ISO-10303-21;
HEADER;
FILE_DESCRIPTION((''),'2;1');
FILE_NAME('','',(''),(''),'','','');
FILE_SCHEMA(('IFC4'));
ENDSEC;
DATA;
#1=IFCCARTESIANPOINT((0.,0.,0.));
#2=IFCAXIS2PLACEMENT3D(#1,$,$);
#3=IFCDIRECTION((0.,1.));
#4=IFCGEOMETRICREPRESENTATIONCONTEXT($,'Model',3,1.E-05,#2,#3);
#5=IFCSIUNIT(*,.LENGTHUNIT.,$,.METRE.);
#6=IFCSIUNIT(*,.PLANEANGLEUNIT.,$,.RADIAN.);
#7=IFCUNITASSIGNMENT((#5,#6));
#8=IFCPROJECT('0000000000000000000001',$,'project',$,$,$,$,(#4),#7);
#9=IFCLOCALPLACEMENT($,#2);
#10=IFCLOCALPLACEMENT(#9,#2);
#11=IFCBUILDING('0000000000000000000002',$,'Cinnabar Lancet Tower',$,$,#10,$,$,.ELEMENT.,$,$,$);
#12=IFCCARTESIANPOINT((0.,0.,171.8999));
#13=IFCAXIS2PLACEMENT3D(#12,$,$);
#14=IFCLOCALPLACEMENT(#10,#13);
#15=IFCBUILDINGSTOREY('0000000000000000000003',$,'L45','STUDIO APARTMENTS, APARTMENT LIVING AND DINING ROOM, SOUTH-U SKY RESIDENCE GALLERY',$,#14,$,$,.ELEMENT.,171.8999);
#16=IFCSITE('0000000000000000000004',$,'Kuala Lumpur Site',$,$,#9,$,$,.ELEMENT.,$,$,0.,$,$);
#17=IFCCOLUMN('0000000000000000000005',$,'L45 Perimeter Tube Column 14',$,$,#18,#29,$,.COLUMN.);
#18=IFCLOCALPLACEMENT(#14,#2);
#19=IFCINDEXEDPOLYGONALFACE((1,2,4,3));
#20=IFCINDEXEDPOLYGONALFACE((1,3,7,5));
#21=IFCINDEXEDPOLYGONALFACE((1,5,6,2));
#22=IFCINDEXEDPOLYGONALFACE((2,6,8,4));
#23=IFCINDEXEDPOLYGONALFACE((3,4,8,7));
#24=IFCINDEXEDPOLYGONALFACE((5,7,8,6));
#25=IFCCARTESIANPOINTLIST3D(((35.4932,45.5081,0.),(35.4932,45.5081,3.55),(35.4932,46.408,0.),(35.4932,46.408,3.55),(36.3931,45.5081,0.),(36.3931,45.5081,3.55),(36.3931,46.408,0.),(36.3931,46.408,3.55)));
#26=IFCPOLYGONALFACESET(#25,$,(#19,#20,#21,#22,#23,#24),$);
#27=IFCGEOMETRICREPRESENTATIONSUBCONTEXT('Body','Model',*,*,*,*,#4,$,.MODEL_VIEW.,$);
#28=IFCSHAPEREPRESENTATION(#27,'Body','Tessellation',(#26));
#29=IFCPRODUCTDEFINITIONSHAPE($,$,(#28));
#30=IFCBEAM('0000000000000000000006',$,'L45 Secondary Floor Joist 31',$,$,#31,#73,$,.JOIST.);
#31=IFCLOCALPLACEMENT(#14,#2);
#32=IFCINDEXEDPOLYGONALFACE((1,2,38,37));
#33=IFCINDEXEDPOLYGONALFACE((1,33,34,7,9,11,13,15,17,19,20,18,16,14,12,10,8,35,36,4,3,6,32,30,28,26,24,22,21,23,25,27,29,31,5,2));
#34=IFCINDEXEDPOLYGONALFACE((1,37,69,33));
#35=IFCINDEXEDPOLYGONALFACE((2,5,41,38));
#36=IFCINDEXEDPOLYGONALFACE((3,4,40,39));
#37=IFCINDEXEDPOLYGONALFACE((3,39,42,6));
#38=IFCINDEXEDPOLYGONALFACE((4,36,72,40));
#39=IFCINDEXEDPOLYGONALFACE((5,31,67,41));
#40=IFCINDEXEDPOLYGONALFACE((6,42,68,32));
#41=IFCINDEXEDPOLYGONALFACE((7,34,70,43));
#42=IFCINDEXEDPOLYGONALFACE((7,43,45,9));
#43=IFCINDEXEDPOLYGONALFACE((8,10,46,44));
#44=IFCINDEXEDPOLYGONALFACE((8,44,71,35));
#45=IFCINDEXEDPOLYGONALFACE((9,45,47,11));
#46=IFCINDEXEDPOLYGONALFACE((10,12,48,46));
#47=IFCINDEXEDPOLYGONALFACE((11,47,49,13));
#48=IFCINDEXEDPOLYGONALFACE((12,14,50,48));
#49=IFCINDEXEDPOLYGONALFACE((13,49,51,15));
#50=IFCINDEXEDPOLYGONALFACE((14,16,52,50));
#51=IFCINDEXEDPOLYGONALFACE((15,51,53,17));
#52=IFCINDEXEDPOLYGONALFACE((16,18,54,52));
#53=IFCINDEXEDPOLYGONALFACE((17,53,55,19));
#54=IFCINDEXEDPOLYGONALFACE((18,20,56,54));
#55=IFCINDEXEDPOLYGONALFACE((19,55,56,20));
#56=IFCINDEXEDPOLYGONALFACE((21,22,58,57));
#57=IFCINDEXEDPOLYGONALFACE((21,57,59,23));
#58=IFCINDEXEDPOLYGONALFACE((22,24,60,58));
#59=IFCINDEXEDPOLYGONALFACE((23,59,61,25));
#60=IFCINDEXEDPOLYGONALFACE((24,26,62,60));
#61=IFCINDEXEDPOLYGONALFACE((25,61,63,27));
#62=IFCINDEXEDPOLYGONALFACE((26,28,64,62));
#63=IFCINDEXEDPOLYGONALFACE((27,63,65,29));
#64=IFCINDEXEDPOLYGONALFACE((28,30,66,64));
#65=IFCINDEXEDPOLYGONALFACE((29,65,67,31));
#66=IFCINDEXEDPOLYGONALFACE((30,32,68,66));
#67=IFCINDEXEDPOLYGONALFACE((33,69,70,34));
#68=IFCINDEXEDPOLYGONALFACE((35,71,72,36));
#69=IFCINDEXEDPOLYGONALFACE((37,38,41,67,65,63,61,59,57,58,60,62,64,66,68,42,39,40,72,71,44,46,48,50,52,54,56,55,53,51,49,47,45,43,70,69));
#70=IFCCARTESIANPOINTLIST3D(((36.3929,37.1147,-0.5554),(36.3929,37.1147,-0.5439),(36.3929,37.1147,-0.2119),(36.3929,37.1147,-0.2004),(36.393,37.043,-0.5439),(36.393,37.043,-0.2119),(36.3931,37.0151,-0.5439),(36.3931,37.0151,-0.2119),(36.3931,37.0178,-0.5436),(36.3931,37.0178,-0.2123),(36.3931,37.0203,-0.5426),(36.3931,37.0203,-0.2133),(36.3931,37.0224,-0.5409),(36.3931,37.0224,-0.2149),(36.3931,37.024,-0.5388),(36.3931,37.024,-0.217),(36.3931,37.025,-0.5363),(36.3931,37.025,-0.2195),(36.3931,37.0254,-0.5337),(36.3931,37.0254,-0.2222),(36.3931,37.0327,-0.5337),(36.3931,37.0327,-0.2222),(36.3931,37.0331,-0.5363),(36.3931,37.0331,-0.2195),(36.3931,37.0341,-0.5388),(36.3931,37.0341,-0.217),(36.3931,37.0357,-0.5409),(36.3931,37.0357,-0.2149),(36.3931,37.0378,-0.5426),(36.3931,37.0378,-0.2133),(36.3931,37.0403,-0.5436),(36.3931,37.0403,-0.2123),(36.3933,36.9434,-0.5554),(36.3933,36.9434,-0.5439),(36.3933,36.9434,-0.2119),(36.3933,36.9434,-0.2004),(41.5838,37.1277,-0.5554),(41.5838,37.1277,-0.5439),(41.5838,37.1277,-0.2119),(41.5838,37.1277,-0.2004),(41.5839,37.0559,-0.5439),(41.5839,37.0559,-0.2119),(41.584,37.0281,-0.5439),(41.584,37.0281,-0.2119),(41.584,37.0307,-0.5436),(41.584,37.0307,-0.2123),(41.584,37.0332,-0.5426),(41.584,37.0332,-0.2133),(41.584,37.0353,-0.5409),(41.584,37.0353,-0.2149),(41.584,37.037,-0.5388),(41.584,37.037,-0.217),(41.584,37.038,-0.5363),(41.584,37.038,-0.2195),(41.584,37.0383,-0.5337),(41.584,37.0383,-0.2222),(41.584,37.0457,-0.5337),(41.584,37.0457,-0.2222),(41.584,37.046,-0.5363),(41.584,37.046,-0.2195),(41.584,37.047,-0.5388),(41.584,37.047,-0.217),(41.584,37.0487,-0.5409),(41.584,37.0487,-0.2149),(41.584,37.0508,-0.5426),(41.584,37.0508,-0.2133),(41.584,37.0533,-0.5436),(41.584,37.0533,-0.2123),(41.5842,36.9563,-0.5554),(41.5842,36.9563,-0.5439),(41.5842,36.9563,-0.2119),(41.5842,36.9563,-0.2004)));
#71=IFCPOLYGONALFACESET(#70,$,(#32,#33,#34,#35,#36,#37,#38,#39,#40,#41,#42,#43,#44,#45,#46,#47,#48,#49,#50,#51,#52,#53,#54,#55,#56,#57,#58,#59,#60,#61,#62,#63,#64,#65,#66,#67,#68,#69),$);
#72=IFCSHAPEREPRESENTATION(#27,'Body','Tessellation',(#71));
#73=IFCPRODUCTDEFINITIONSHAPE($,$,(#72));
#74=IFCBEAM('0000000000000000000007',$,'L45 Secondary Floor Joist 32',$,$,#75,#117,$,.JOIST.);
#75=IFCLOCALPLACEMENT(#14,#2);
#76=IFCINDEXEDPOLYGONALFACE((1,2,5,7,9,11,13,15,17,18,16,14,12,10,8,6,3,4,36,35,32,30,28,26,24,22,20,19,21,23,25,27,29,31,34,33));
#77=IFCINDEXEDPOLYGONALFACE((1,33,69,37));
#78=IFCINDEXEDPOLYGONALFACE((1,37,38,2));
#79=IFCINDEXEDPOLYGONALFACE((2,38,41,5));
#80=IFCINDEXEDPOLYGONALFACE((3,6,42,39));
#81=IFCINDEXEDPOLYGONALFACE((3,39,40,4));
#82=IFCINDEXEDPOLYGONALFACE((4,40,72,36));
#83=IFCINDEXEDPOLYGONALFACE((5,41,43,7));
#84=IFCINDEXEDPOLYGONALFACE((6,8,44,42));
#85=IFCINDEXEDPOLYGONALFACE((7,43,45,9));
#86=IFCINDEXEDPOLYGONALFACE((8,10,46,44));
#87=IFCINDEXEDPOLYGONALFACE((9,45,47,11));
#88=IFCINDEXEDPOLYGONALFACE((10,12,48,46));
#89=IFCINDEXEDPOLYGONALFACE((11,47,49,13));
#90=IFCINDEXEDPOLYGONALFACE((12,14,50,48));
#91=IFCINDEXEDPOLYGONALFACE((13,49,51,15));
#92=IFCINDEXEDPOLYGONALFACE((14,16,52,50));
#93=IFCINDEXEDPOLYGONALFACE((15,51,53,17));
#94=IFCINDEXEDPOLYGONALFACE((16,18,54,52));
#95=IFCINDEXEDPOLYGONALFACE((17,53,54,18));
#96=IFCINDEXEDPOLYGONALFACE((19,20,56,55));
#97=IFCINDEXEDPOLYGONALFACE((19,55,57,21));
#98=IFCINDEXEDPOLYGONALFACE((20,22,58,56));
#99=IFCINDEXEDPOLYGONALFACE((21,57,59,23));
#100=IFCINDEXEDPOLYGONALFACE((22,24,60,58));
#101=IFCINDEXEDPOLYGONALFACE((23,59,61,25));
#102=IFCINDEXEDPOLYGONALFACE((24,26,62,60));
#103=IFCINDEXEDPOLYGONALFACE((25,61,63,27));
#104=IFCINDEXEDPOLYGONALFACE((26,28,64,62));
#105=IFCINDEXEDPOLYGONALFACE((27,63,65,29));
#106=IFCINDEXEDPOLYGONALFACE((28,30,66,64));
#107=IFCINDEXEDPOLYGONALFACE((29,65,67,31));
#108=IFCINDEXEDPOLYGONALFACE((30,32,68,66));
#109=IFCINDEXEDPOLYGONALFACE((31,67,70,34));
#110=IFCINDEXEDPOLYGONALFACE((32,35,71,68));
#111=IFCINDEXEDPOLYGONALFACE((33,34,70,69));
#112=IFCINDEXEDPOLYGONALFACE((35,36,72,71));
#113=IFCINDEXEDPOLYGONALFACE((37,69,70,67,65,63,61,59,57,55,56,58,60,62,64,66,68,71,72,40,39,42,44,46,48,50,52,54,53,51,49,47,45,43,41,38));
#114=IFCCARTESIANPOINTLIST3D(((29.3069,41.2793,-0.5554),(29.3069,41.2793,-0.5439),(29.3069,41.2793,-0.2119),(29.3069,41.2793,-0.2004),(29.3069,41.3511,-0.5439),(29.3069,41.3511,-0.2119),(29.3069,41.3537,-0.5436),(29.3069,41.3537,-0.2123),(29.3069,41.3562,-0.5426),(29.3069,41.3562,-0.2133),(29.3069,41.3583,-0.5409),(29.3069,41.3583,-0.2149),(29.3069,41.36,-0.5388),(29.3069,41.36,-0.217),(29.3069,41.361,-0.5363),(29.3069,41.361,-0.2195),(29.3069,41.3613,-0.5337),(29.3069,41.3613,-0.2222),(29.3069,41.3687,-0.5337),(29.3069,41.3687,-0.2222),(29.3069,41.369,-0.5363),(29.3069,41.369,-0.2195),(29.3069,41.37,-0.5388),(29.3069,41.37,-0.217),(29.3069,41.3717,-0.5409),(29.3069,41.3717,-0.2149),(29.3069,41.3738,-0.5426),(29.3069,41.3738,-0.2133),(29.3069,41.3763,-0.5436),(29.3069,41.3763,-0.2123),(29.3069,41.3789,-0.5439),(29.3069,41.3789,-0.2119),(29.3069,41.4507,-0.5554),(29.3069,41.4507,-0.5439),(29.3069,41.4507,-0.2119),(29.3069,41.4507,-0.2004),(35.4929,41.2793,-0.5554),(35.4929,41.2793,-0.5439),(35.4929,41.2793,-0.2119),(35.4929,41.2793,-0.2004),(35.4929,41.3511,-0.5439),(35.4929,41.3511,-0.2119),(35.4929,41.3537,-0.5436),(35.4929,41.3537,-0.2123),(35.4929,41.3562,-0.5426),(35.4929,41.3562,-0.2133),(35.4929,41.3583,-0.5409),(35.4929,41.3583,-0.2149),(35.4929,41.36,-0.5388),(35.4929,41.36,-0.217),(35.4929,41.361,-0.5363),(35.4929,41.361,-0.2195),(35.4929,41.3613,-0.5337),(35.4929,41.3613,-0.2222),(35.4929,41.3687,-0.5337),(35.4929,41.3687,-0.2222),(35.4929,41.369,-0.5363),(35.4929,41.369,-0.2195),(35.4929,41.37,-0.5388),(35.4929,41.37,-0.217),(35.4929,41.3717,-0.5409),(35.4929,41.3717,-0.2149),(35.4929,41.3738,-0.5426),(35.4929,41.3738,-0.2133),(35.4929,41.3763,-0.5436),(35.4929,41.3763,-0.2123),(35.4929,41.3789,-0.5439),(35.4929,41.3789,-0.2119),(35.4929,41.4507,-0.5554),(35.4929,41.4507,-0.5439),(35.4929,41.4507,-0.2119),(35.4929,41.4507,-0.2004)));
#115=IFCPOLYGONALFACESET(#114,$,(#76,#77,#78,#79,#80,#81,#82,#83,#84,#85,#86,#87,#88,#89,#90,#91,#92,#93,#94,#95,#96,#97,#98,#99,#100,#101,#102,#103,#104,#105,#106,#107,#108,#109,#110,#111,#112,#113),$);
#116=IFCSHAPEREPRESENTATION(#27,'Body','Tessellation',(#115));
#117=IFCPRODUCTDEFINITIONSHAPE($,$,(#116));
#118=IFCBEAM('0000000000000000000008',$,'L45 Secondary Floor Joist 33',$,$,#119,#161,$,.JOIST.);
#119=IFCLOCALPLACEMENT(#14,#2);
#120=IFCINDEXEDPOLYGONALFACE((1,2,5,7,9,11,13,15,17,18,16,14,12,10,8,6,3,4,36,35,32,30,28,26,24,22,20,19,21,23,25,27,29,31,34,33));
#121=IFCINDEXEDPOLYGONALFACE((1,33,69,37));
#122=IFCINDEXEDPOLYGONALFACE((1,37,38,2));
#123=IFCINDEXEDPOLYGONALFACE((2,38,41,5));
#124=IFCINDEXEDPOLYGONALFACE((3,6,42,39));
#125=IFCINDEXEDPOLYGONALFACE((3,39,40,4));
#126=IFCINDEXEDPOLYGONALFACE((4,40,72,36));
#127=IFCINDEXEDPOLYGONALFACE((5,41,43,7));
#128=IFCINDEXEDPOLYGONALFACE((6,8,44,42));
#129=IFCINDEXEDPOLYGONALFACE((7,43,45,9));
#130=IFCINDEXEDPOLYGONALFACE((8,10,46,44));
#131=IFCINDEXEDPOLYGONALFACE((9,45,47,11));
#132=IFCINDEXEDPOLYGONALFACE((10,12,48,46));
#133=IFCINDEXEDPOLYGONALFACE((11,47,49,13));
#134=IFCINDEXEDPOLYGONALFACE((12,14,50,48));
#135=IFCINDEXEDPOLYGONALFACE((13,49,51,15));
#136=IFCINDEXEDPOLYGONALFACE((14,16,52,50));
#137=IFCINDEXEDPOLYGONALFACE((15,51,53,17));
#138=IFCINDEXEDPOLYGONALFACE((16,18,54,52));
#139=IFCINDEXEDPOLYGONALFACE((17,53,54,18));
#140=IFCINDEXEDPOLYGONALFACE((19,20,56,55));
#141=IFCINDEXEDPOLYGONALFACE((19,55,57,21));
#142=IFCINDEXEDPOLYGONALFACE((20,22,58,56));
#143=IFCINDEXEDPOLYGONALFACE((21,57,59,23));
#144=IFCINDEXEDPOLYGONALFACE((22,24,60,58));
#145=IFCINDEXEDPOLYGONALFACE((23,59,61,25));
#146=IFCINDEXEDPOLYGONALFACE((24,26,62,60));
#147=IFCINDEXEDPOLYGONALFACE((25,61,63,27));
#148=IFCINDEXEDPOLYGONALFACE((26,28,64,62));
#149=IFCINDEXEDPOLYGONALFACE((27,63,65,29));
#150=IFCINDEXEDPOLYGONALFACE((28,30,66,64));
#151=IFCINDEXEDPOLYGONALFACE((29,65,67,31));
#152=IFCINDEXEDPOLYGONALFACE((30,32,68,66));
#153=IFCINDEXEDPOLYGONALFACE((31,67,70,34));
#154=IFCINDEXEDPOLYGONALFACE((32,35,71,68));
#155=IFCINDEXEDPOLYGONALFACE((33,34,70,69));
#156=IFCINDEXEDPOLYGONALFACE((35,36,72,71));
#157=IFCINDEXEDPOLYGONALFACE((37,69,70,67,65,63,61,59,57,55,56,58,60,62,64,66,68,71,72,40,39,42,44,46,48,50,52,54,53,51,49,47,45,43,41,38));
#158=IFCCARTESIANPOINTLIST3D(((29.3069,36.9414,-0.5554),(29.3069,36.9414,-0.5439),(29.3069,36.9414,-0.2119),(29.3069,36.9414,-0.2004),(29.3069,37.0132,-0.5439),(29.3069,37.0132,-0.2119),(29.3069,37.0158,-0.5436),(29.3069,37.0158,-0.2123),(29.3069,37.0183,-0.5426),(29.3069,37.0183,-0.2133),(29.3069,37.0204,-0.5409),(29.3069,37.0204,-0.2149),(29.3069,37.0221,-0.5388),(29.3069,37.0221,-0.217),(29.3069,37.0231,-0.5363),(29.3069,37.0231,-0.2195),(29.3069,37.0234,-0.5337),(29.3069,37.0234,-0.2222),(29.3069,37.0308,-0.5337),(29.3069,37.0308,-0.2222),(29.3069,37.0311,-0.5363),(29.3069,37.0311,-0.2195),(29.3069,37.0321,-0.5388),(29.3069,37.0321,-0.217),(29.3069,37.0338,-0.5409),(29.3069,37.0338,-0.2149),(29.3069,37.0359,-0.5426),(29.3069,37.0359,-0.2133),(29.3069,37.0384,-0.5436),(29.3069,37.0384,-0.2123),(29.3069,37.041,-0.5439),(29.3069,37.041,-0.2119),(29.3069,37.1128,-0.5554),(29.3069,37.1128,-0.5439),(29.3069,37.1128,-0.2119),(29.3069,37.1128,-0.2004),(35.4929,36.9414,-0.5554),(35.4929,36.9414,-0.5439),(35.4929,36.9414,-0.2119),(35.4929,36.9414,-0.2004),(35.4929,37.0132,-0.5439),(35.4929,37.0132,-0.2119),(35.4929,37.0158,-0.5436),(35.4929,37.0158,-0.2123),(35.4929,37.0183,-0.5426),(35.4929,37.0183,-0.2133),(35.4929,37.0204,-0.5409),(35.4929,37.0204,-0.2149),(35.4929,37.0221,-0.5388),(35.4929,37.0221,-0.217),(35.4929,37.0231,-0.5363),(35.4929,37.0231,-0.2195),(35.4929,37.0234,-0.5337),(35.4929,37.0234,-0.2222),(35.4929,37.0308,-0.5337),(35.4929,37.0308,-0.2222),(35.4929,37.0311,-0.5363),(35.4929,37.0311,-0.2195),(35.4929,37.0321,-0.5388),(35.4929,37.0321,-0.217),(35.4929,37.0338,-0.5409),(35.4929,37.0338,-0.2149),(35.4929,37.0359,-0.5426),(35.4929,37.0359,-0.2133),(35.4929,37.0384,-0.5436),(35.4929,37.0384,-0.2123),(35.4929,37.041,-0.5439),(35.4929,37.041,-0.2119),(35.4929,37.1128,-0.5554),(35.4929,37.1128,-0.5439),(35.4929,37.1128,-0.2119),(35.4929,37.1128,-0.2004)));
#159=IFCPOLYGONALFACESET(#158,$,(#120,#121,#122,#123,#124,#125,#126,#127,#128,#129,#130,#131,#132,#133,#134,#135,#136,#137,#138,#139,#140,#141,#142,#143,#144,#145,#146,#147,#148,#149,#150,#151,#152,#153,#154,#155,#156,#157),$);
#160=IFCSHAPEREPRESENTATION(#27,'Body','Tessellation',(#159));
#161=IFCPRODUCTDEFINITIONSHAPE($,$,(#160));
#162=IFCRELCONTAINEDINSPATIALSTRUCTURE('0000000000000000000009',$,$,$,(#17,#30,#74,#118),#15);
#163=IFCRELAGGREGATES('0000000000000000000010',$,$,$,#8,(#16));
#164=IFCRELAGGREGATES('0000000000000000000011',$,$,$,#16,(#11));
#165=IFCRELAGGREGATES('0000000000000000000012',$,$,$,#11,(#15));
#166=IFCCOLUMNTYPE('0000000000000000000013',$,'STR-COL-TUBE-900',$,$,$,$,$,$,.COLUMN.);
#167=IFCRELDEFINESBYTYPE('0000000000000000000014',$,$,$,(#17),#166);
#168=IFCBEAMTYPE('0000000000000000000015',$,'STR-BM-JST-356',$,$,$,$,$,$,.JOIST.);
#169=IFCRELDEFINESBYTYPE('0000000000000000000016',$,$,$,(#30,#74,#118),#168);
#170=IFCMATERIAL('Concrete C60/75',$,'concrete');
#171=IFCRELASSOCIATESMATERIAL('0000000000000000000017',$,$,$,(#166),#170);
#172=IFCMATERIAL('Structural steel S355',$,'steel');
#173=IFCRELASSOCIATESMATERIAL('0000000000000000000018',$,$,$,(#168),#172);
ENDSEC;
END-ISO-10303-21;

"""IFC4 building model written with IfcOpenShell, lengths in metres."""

from ifc_helpers import new_model, si_unit, direction, frame, origin, origin_2d, place, context, subcontext, project, spatial, rectangle, i_section, extrude, material, material_profile, profile_set, type_object, element, save


model = new_model("IFC4")

# Units and contexts
model_context = context("Model", 3, precision=1e-05, world=origin(), true_north=direction((0.0, 1.0)))
body_context = subcontext(model_context, "Body", "Model", "MODEL_VIEW")
ifc_project = project(units=[si_unit("LENGTHUNIT", "METRE"), si_unit("PLANEANGLEUNIT", "RADIAN")], contexts=[model_context])

# Site, building, storey
site_placement = place(None, origin())
site = spatial("IfcSite", under=ifc_project, at=site_placement, Name="Kuala Lumpur Site", CompositionType="ELEMENT", RefElevation=0.0)
building_placement = place(site_placement, origin())
building = spatial("IfcBuilding", under=site, at=building_placement, Name="Cinnabar Lancet Tower", CompositionType="ELEMENT")
storey_placement = place(building_placement, frame((0.0, 0.0, 171.8999)))
storey = spatial("IfcBuildingStorey", under=building, at=storey_placement, Name="L45", Description="STUDIO APARTMENTS, APARTMENT LIVING AND DINING ROOM, SOUTH-U SKY RESIDENCE GALLERY", CompositionType="ELEMENT", Elevation=171.8999)

# Column
ifc_material_1 = material(Name="Concrete C60/75", Category="concrete")
ifc_material_profile_1 = material_profile(ifc_material_1, rectangle(XDim=0.8999, YDim=0.8999, at=origin_2d()), Name="RC-COL 900x900")
ifc_profile_set_1 = profile_set([ifc_material_profile_1], Name="Concrete C60/75")
column_type = type_object("IfcColumnType", Name="STR-COL-TUBE-900", PredefinedType="COLUMN", material=ifc_profile_set_1)
column_placement = place(storey_placement, frame((35.9431, 45.958, 0.0), z_axis=(0.0, 0.0, 1.0), x_axis=(1.0, 0.0, 0.0)))
element("IfcColumn", 1, at=column_placement, inside=storey, type_object=column_type, Name="L45 Perimeter Tube Column 14", PredefinedType="COLUMN", context=body_context, shape_type="SweptSolid", body=[
    extrude(rectangle(XDim=0.8999, YDim=0.8999, at=origin_2d()), origin(), (0.0, 0.0, 1.0), 3.55),
])

# Beams
ifc_material_2 = material(Name="Structural steel S355", Category="steel")
ifc_material_profile_2 = material_profile(ifc_material_2, i_section(OverallWidth=0.1714, OverallDepth=0.355, WebThickness=0.0073, FlangeThickness=0.0115, FilletRadius=0.0103, at=origin_2d()), Name="UKB 356x171x51")
ifc_profile_set_2 = profile_set([ifc_material_profile_2], Name="Structural steel S355")
beam_type_1 = type_object("IfcBeamType", Name="STR-BM-JST-356", PredefinedType="JOIST", material=ifc_profile_set_2)
beam_1_placement = place(storey_placement, frame((41.584, 37.042, -0.3779), z_axis=(-0.999997, -0.002493, 0.0), x_axis=(0.002493, -0.999997, 0.0)))
element("IfcBeam", 2, at=beam_1_placement, inside=storey, type_object=beam_type_1, Name="L45 Secondary Floor Joist 31", PredefinedType="JOIST", context=body_context, shape_type="SweptSolid", body=[
    extrude(i_section(OverallWidth=0.1714, OverallDepth=0.355, WebThickness=0.0073, FlangeThickness=0.0115, FilletRadius=0.0103, at=origin_2d()), origin(), (0.0, 0.0, 1.0), 5.1909),
])
for number, where, z_axis, x_axis, name in (
    (3, (35.4929, 41.365, -0.3779), (-1.0, 0.0, 0.0), (0.0, -1.0, 0.0), "L45 Secondary Floor Joist 32"),
    (4, (35.4929, 37.0271, -0.3779), (-1.0, 0.0, 0.0), (0.0, -1.0, 0.0), "L45 Secondary Floor Joist 33"),
):
    element("IfcBeam", number, at=place(storey_placement, frame(where, z_axis=z_axis, x_axis=x_axis)), inside=storey, type_object=beam_type_1, Name=name, PredefinedType="JOIST", context=body_context, shape_type="SweptSolid", body=[
        extrude(i_section(OverallWidth=0.1714, OverallDepth=0.355, WebThickness=0.0073, FlangeThickness=0.0115, FilletRadius=0.0103, at=origin_2d()), origin(), (0.0, 0.0, 1.0), 6.186),
    ])

save(model, "model.ifc")
